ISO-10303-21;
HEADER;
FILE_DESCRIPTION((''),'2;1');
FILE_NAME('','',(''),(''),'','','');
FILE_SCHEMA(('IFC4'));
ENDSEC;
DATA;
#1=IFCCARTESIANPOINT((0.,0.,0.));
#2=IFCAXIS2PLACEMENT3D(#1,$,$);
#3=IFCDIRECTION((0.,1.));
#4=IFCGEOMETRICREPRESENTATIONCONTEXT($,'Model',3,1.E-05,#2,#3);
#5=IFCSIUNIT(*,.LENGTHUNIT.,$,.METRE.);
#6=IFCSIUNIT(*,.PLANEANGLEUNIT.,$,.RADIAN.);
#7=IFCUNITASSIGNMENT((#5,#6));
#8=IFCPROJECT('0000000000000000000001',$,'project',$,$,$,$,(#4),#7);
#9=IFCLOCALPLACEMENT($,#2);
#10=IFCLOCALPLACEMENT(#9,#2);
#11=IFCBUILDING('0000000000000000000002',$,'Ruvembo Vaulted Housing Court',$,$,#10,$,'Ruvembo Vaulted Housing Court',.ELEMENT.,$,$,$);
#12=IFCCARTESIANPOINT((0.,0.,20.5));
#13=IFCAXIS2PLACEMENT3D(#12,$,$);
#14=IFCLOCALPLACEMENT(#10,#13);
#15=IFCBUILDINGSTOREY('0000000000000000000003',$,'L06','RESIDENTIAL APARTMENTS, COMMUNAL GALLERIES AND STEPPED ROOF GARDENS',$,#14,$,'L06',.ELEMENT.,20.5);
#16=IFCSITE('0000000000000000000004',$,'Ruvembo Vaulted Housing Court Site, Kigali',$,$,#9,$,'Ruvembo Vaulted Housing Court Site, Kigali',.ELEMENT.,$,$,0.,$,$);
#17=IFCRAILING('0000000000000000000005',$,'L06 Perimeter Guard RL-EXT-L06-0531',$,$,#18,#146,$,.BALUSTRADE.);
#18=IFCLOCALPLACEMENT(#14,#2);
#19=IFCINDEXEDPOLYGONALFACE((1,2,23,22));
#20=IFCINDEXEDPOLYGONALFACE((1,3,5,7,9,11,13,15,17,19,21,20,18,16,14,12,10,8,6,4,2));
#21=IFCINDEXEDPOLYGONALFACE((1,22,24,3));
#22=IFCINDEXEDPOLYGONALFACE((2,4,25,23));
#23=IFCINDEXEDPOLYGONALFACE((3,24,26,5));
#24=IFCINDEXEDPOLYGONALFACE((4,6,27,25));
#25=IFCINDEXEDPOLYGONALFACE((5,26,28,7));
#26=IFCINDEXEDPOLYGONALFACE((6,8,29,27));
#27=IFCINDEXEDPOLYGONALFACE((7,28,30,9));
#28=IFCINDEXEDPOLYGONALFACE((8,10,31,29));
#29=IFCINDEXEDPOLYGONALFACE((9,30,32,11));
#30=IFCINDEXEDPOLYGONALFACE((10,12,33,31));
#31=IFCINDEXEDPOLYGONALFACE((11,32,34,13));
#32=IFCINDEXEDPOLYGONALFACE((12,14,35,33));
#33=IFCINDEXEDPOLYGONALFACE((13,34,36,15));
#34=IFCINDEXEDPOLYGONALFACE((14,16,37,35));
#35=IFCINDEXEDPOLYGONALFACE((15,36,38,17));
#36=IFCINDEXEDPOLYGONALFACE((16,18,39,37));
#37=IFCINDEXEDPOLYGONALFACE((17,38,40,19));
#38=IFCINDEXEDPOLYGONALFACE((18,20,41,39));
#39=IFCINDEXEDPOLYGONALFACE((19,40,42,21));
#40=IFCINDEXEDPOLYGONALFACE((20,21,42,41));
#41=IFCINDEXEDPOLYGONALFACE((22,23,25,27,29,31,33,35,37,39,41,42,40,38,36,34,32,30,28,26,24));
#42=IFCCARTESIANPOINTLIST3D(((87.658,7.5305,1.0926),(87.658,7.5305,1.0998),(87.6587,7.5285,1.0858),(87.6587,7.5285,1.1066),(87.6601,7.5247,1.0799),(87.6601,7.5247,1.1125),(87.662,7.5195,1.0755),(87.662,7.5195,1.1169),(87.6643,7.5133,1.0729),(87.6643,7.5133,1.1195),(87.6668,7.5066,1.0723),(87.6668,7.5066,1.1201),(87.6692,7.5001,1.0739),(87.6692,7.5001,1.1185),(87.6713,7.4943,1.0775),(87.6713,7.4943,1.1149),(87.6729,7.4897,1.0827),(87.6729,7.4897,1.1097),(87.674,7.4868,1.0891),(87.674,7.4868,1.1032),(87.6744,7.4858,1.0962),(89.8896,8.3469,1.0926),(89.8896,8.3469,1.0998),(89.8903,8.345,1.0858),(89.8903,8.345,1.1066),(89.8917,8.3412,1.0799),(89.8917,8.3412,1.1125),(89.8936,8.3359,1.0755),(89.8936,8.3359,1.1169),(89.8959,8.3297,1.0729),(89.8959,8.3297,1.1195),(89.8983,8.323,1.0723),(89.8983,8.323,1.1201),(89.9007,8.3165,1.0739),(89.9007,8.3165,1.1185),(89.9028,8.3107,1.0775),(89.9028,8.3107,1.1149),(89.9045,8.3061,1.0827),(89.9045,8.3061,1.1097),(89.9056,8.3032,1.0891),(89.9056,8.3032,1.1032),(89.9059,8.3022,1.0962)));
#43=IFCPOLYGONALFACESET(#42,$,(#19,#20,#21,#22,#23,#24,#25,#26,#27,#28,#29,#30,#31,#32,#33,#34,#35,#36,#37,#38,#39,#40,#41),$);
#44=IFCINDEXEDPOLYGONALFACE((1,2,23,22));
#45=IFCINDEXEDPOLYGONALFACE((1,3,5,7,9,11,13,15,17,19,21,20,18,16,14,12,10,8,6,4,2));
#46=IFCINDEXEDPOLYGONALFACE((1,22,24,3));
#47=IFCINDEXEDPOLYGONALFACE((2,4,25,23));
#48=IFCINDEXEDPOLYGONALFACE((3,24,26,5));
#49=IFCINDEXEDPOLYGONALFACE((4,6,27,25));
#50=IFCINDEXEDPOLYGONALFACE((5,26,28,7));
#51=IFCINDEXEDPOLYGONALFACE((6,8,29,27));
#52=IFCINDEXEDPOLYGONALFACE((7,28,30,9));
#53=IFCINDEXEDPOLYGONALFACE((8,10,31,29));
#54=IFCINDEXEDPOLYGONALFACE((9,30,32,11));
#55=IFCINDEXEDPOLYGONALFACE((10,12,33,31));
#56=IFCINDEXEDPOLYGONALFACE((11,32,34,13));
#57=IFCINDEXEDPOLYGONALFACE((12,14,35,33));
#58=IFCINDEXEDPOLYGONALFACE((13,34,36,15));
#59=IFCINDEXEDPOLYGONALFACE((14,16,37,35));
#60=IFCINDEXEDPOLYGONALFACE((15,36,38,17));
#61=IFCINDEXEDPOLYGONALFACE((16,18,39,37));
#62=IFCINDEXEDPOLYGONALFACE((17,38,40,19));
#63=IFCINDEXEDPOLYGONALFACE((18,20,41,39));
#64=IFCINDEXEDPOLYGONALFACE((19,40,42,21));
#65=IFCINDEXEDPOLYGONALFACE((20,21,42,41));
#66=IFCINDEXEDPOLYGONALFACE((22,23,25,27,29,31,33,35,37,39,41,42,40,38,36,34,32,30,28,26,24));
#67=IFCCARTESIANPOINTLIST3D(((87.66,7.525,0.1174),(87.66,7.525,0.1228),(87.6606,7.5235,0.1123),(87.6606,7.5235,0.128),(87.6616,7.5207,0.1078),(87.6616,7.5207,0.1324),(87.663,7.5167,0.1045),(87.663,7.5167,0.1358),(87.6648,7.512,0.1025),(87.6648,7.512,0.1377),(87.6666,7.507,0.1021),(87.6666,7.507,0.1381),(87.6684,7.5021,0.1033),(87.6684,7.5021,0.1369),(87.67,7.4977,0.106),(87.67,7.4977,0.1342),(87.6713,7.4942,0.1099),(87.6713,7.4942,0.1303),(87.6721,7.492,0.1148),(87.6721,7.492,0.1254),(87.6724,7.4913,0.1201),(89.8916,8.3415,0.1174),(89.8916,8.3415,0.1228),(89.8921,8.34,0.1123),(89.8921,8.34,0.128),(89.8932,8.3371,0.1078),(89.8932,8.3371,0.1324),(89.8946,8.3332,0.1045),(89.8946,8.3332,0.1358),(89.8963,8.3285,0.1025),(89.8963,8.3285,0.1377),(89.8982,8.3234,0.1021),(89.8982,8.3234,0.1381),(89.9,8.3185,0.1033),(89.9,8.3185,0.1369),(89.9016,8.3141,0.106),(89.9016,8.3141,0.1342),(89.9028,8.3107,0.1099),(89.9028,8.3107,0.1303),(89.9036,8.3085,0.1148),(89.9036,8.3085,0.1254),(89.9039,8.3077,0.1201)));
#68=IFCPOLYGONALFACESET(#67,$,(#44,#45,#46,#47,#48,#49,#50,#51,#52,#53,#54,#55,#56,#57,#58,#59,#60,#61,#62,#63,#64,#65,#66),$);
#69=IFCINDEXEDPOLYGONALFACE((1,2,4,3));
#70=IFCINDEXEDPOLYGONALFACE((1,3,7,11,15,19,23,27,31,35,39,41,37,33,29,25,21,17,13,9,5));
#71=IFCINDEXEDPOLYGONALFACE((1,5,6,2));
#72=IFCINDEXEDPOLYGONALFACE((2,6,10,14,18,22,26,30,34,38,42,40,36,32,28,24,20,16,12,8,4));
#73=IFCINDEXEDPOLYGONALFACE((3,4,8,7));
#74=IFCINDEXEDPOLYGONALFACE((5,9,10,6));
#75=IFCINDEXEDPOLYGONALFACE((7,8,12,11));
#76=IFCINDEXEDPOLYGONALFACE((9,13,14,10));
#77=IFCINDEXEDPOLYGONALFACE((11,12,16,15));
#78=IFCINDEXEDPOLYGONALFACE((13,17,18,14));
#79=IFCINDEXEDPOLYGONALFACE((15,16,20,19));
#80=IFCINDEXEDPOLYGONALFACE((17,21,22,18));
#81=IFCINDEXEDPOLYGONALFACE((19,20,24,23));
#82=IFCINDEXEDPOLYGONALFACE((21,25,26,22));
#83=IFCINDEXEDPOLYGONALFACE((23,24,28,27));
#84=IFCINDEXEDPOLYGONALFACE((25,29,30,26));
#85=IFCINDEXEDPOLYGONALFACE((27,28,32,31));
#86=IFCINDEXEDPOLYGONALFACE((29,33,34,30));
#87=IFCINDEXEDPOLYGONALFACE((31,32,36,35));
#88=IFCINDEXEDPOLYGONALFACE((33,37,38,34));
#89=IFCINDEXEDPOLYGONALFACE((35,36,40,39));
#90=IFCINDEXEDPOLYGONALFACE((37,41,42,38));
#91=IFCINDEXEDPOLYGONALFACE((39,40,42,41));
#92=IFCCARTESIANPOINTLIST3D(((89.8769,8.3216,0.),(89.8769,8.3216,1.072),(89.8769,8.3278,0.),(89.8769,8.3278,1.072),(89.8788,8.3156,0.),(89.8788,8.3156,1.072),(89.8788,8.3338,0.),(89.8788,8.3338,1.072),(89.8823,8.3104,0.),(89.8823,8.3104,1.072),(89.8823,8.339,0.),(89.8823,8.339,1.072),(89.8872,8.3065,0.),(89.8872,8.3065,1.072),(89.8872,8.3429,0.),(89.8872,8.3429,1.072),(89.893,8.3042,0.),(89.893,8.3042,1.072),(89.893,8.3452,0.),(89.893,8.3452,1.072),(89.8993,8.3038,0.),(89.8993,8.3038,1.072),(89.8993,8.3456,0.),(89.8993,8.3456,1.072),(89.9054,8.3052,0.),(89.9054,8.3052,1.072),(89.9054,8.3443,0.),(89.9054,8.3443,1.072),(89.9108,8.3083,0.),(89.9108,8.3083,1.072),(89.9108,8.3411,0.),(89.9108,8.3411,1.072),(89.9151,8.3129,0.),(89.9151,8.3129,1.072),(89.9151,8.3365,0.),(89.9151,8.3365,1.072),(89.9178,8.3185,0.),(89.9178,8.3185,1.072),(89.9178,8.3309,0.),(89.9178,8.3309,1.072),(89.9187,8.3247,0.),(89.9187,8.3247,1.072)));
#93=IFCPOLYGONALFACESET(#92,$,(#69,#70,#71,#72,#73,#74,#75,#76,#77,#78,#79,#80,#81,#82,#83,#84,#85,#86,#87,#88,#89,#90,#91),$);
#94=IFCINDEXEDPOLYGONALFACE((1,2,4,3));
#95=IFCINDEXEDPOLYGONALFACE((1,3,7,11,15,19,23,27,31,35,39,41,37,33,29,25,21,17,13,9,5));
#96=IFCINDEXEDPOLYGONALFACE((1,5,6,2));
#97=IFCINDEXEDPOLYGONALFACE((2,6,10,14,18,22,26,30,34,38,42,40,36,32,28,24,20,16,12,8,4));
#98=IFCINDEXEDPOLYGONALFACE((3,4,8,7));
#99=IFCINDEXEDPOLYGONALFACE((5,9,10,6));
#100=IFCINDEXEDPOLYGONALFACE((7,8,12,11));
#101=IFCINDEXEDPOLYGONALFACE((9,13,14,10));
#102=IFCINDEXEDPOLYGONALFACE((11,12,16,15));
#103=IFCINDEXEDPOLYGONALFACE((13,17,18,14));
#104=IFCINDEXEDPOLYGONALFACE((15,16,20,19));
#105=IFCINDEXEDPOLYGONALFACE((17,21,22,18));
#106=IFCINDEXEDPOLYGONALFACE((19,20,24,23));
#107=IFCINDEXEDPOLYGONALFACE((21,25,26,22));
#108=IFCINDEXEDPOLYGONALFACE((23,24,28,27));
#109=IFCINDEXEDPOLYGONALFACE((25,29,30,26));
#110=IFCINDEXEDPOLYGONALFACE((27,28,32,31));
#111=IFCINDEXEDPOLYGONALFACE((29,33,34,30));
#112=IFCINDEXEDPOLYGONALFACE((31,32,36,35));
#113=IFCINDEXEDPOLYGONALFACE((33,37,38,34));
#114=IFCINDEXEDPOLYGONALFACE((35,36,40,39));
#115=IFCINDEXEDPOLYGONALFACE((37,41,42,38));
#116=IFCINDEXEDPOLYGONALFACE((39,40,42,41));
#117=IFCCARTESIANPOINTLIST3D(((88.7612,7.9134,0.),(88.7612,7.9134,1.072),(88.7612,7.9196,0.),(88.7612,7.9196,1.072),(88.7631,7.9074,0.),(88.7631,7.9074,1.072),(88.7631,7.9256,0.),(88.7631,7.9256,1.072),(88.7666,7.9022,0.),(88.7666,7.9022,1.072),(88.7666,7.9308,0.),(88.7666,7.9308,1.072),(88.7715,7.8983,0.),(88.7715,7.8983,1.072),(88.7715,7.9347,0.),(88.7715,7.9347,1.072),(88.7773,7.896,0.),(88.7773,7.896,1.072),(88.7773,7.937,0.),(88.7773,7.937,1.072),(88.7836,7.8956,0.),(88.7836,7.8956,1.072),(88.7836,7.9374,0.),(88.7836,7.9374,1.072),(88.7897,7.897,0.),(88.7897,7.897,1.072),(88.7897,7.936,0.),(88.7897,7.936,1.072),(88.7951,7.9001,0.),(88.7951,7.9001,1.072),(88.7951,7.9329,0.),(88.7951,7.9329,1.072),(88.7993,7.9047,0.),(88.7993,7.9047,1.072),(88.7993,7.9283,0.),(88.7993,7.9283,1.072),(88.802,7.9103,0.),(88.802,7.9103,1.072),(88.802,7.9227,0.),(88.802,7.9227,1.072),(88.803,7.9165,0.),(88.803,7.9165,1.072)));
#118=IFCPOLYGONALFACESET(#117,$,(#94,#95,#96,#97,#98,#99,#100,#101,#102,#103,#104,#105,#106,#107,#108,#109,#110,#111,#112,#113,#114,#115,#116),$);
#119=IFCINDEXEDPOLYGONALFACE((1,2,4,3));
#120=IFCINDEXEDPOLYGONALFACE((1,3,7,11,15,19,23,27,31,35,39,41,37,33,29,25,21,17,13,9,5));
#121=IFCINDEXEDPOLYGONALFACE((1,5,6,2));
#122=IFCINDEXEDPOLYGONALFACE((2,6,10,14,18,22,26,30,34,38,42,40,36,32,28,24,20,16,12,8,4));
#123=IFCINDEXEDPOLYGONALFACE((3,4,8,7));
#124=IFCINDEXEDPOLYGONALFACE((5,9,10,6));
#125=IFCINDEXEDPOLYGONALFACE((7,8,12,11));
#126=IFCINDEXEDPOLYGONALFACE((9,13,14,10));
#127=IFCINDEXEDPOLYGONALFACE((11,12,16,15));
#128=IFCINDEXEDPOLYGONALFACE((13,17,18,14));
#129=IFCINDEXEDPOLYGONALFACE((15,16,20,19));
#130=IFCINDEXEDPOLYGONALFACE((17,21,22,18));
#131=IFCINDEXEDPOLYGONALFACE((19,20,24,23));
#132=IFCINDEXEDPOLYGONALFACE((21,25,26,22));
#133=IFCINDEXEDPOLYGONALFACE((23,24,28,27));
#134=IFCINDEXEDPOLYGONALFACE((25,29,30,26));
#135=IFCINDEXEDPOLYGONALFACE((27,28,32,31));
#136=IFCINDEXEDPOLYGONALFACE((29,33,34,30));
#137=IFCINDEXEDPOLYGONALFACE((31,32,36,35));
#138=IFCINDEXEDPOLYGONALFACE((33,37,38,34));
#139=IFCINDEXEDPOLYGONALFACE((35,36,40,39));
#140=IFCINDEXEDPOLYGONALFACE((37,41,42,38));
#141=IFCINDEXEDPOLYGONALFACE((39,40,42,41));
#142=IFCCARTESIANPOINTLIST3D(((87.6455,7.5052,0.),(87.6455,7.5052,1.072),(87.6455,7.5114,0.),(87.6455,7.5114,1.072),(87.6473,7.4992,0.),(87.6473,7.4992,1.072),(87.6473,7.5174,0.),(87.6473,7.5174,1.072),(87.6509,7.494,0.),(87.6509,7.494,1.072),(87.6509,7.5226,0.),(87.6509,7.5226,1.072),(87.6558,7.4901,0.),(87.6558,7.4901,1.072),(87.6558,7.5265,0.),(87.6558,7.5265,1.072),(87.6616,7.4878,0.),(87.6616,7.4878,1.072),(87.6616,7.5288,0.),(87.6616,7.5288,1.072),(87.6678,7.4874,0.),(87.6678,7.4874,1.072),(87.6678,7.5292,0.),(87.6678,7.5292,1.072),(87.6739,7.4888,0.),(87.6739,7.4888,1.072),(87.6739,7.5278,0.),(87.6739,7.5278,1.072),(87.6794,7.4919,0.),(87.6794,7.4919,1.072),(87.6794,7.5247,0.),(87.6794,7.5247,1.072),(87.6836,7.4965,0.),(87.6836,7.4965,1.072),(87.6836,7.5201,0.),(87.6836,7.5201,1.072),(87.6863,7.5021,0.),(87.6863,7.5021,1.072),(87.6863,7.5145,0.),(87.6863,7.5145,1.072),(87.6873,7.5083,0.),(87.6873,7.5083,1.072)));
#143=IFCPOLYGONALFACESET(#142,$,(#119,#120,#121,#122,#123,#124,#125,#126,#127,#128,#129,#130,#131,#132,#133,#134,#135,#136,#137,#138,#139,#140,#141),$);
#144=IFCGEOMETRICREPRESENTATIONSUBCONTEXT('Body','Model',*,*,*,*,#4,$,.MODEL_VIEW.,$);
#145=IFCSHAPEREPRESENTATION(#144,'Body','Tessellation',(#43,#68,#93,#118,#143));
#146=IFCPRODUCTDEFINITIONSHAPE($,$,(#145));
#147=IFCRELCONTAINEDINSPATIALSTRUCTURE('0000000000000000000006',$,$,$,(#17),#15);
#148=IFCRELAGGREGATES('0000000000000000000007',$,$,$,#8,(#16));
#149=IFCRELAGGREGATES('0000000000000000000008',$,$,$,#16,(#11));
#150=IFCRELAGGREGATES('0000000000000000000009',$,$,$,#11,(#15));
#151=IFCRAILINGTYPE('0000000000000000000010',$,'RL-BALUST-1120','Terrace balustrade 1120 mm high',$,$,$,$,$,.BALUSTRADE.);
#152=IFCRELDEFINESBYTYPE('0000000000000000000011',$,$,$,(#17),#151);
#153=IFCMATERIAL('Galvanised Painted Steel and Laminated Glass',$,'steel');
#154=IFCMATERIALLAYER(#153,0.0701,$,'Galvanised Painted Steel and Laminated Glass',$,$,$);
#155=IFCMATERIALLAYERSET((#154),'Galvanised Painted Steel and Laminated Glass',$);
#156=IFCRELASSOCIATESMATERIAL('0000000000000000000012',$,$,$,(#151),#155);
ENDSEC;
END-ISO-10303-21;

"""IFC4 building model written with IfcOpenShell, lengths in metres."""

from ifc_helpers import new_model, si_unit, direction, frame, origin, origin_2d, place, context, subcontext, project, spatial, circle, extrude, material, layer, layer_set, type_object, element, save


model = new_model("IFC4")

# Units and contexts
model_context = context("Model", 3, precision=1e-05, world=origin(), true_north=direction((0.0, 1.0)))
body_context = subcontext(model_context, "Body", "Model", "MODEL_VIEW")
ifc_project = project(units=[si_unit("LENGTHUNIT", "METRE"), si_unit("PLANEANGLEUNIT", "RADIAN")], contexts=[model_context])

# Site, building, storey
site_placement = place(None, origin())
site = spatial("IfcSite", under=ifc_project, at=site_placement, Name="Ruvembo Vaulted Housing Court Site, Kigali", LongName="Ruvembo Vaulted Housing Court Site, Kigali", CompositionType="ELEMENT", RefElevation=0.0)
building_placement = place(site_placement, origin())
building = spatial("IfcBuilding", under=site, at=building_placement, Name="Ruvembo Vaulted Housing Court", LongName="Ruvembo Vaulted Housing Court", CompositionType="ELEMENT")
storey_placement = place(building_placement, frame((0.0, 0.0, 20.5)))
storey = spatial("IfcBuildingStorey", under=building, at=storey_placement, Name="L06", Description="RESIDENTIAL APARTMENTS, COMMUNAL GALLERIES AND STEPPED ROOF GARDENS", LongName="L06", CompositionType="ELEMENT", Elevation=20.5)

# Railing
ifc_material_1 = material(Name="Galvanised Painted Steel and Laminated Glass", Category="steel")
ifc_layer_1 = layer(ifc_material_1, 0.0701, Name="Galvanised Painted Steel and Laminated Glass")
ifc_layer_set_1 = layer_set([ifc_layer_1], Name="Galvanised Painted Steel and Laminated Glass")
railing_type = type_object("IfcRailingType", Name="RL-BALUST-1120", Description="Terrace balustrade 1120 mm high", PredefinedType="BALUSTRADE", material=ifc_layer_set_1)
railing_1_placement = place(storey_placement, frame((89.8977, 8.3247, 0.0)))
element("IfcRailing", 1, at=railing_1_placement, inside=storey, type_object=railing_type, Name="L06 Perimeter Guard RL-EXT-L06-0531", PredefinedType="BALUSTRADE", context=body_context, shape_type="SweptSolid", body=[
    extrude(circle(Radius=0.0239, at=origin_2d()), frame((0.0, 0.0, 1.0962), z_axis=(-0.93912, -0.34359, 0.0), x_axis=(0.34359, -0.93912, 0.0)), (0.0, 0.0, 1.0), 2.3762),
    extrude(circle(Radius=0.0181, at=origin_2d()), frame((0.0, 0.0, 0.1201), z_axis=(-0.93912, -0.34359, 0.0), x_axis=(0.34359, -0.93912, 0.0)), (0.0, 0.0, 1.0), 2.3762),
    extrude(circle(Radius=0.021, at=origin_2d()), origin(), (0.0, 0.0, 1.0), 1.072),
    extrude(circle(Radius=0.021, at=origin_2d()), frame((-1.1157, -0.4082, 0.0)), (0.0, 0.0, 1.0), 1.072),
    extrude(circle(Radius=0.021, at=origin_2d()), frame((-2.2314, -0.8164, 0.0)), (0.0, 0.0, 1.0), 1.072),
])

save(model, "model.ifc")
